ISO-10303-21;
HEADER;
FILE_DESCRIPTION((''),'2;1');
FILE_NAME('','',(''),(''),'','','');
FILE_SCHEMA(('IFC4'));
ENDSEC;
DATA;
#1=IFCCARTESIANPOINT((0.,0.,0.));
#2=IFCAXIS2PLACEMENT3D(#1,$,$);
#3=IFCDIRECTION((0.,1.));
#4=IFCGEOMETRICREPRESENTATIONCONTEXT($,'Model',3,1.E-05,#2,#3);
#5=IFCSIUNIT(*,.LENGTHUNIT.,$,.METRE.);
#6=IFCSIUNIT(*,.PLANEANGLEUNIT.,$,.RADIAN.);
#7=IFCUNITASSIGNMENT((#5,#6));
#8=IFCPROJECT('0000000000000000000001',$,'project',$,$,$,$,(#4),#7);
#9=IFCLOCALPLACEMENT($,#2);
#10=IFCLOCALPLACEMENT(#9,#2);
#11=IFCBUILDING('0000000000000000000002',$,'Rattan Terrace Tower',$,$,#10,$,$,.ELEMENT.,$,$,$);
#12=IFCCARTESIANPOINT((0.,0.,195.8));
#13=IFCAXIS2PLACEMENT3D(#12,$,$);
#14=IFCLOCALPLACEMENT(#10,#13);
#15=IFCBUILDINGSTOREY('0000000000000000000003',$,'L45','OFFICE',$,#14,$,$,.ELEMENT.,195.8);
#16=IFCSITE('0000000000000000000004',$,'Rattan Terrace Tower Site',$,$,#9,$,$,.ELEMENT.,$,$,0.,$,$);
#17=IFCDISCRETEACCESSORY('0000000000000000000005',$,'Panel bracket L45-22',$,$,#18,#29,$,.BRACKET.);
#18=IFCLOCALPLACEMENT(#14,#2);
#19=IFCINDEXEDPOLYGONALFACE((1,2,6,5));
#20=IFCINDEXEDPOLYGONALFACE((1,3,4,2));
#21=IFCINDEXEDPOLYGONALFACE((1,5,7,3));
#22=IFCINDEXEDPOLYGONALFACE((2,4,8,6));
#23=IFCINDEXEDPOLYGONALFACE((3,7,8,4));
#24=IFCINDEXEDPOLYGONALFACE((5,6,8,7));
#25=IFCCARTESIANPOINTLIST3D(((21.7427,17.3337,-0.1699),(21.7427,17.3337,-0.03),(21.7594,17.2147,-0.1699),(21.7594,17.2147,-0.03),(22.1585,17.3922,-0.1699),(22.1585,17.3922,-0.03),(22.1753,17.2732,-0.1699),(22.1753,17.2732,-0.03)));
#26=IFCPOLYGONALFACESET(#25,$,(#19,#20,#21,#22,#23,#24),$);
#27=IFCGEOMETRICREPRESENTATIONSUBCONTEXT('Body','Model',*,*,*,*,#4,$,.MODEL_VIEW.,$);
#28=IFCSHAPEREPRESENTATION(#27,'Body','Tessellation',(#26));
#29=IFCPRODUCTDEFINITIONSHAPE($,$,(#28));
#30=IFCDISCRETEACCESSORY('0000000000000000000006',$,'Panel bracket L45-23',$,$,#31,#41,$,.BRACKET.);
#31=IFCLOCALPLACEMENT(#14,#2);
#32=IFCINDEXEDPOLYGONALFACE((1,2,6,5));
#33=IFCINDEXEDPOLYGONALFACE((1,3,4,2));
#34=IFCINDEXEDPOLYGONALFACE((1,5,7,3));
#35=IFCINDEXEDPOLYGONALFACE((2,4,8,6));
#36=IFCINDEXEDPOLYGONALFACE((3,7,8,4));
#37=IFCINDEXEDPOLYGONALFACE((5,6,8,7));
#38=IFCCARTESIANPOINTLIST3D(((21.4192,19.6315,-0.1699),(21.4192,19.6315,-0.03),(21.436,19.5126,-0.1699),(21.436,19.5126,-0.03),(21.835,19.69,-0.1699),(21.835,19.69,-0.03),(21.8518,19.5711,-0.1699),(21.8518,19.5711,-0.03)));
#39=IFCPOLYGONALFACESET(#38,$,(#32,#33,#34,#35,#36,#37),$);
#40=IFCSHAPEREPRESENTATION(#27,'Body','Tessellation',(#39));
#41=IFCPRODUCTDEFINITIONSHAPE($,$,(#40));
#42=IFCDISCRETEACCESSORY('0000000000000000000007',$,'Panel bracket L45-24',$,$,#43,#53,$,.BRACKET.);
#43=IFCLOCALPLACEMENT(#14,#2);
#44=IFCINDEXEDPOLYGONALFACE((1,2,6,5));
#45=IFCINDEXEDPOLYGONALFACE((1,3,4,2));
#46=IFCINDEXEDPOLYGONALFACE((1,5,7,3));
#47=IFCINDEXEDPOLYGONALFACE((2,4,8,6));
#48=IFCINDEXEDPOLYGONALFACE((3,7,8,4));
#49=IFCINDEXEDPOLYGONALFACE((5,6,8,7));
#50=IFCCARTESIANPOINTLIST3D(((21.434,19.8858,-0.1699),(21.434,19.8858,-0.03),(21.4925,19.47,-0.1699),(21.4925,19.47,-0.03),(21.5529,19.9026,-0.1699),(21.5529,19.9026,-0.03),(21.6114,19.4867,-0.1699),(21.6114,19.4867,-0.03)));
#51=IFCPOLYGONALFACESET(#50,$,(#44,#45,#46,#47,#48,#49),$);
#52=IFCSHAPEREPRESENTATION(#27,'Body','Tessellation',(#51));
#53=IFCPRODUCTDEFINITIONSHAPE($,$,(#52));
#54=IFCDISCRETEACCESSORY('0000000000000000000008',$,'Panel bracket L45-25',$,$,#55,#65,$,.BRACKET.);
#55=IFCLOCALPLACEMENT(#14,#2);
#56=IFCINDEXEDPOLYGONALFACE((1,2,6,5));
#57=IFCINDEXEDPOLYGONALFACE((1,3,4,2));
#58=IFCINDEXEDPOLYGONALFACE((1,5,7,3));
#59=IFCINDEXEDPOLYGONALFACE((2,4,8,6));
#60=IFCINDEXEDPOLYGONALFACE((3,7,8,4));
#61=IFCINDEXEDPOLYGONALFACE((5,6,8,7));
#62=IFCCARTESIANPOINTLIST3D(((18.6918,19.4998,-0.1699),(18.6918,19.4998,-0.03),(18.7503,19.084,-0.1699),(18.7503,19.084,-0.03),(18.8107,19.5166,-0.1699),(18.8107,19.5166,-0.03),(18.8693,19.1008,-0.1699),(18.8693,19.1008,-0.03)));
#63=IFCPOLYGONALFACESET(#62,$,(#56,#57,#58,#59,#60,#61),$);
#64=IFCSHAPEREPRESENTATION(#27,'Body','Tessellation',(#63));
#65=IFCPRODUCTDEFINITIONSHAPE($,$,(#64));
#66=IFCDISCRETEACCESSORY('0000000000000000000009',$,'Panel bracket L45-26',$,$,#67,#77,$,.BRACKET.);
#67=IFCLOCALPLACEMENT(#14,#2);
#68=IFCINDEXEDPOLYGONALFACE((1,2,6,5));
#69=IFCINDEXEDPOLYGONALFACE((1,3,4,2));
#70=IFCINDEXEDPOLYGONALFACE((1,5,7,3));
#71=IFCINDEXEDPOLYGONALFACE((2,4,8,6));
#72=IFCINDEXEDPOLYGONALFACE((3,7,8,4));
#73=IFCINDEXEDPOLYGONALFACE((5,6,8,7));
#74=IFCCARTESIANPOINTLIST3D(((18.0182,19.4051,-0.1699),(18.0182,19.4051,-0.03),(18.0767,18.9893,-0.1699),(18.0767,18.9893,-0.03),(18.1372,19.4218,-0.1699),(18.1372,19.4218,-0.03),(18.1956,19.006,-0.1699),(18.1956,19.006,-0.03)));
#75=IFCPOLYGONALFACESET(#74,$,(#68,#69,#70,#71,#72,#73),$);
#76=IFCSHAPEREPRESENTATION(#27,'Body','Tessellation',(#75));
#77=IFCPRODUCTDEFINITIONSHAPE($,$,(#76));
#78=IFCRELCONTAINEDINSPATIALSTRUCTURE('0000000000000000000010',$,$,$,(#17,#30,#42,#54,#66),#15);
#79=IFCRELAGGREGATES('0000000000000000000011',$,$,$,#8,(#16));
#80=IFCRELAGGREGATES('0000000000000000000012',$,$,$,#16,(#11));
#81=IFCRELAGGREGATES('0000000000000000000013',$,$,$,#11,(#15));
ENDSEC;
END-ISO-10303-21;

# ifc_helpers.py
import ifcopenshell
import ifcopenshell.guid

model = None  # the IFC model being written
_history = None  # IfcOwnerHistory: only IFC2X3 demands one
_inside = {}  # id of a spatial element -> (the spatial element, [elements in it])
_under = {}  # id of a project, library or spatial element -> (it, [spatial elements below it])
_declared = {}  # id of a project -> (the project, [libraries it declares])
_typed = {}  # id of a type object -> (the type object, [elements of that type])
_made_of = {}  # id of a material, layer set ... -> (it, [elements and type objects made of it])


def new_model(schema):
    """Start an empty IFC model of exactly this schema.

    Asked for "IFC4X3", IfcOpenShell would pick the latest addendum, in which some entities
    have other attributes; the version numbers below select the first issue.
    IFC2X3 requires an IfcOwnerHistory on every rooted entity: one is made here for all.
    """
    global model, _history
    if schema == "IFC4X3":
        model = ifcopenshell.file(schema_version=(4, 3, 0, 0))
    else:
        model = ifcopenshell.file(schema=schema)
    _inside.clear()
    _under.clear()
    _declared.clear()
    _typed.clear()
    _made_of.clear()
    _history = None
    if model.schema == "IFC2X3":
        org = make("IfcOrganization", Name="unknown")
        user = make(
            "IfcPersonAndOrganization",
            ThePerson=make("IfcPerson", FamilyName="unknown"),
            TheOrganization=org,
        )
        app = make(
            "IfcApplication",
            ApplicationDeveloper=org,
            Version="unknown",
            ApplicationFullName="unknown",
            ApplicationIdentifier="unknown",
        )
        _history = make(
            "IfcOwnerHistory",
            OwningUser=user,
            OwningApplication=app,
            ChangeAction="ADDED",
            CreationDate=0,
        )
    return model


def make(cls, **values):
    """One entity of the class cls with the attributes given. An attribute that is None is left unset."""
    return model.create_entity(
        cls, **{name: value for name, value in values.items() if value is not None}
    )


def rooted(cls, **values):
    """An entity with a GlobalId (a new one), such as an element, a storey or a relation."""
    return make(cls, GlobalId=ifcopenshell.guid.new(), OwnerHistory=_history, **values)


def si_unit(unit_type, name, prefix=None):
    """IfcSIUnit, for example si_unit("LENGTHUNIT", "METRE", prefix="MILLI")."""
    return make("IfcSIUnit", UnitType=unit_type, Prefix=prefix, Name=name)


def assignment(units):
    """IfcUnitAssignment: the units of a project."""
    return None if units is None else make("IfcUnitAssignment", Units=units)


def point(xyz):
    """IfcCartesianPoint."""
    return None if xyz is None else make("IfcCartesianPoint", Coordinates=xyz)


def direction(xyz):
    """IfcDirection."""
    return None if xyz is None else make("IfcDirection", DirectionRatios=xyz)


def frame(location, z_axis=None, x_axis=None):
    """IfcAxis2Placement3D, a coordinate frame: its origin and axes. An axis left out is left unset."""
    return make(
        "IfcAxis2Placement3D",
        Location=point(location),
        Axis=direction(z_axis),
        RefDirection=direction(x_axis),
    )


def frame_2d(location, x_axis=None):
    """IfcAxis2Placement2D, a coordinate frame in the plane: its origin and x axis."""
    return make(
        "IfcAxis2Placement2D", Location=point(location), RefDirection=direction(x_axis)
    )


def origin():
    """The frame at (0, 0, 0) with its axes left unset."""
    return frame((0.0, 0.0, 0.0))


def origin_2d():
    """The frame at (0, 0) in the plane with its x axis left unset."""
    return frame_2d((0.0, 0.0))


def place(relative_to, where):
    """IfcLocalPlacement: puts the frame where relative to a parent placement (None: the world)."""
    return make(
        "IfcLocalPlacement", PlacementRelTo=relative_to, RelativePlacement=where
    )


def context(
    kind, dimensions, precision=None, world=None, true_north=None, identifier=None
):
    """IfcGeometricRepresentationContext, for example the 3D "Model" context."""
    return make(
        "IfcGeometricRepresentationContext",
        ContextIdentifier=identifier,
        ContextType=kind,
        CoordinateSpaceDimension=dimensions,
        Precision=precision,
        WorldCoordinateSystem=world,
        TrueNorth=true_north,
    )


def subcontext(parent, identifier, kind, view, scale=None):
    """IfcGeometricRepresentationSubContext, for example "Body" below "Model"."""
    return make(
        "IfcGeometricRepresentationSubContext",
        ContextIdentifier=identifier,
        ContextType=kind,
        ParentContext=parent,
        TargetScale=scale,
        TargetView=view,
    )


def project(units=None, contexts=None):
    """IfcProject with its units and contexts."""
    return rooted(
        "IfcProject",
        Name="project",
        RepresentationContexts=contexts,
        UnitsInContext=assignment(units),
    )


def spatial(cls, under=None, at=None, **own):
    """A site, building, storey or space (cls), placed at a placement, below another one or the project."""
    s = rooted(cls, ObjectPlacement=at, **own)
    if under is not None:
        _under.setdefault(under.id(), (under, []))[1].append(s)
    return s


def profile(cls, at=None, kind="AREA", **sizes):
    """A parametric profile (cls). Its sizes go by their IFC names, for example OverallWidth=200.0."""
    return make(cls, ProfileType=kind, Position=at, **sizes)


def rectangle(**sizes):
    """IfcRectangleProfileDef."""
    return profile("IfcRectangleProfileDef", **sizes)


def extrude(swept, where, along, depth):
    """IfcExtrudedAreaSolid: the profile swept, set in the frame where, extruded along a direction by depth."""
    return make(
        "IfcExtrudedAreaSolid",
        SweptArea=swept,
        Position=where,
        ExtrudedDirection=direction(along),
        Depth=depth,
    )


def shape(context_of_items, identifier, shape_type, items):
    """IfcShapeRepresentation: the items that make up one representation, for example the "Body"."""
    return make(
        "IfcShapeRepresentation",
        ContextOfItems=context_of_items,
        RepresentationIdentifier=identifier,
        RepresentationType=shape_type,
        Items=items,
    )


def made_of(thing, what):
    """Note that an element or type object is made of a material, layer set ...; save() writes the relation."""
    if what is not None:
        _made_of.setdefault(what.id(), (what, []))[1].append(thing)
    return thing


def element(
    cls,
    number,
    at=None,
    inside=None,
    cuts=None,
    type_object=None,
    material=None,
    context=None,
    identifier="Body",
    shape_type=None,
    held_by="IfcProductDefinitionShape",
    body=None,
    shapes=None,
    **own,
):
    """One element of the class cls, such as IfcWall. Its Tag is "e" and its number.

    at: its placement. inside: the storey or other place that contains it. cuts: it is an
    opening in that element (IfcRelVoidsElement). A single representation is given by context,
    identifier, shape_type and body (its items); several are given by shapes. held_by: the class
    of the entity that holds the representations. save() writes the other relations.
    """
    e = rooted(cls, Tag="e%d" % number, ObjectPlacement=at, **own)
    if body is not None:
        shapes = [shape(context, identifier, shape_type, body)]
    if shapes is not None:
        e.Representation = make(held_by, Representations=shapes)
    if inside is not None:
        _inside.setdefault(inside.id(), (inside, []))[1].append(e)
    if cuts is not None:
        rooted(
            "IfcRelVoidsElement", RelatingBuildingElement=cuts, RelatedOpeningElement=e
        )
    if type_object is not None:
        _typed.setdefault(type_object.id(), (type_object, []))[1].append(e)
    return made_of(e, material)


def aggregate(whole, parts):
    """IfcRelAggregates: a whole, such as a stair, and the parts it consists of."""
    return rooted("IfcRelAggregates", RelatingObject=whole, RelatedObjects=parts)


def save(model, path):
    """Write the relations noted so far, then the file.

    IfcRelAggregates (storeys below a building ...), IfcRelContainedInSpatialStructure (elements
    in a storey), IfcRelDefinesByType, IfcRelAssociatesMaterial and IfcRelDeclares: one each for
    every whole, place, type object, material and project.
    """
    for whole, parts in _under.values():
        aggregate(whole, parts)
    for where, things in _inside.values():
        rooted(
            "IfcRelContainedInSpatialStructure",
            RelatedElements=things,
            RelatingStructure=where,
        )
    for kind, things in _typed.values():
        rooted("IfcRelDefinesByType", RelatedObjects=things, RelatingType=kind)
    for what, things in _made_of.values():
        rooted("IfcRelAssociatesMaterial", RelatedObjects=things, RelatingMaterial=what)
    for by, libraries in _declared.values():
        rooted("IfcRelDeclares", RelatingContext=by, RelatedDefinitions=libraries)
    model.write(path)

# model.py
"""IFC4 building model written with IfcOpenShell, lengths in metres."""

from ifc_helpers import new_model, si_unit, direction, frame, origin, origin_2d, place, context, subcontext, project, spatial, rectangle, extrude, element, save


model = new_model("IFC4")

# Units and contexts
model_context = context("Model", 3, precision=1e-05, world=origin(), true_north=direction((0.0, 1.0)))
body_context = subcontext(model_context, "Body", "Model", "MODEL_VIEW")
ifc_project = project(units=[si_unit("LENGTHUNIT", "METRE"), si_unit("PLANEANGLEUNIT", "RADIAN")], contexts=[model_context])

# Site, building, storey
site_placement = place(None, origin())
site = spatial("IfcSite", under=ifc_project, at=site_placement, Name="Rattan Terrace Tower Site", CompositionType="ELEMENT", RefElevation=0.0)
building_placement = place(site_placement, origin())
building = spatial("IfcBuilding", under=site, at=building_placement, Name="Rattan Terrace Tower", CompositionType="ELEMENT")
storey_placement = place(building_placement, frame((0.0, 0.0, 195.8)))
storey = spatial("IfcBuildingStorey", under=building, at=storey_placement, Name="L45", Description="OFFICE", CompositionType="ELEMENT", Elevation=195.8)

# Discrete accessories
for number, where, z_axis, x_axis, name in (
    (1, (21.959, 17.3035, -0.1699), (0.0, 0.0, 1.0), (-0.139321, 0.990247, 0.0), "Panel bracket L45-22"),
    (2, (21.6355, 19.6013, -0.1699), (0.0, 0.0, 1.0), (-0.139321, 0.990247, 0.0), "Panel bracket L45-23"),
    (3, (21.5227, 19.6863, -0.1699), (0.0, 0.0, 1.0), (-0.990241, -0.139367, 0.0), "Panel bracket L45-24"),
    (4, (18.7805, 19.3003, -0.1699), (0.0, 0.0, 1.0), (-0.990241, -0.139367, 0.0), "Panel bracket L45-25"),
    (5, (18.1069, 19.2056, -0.1699), (0.0, 0.0, 1.0), (-0.99027, -0.139161, 0.0), "Panel bracket L45-26"),
):
    element("IfcDiscreteAccessory", number, at=place(storey_placement, frame(where, z_axis=z_axis, x_axis=x_axis)), inside=storey, Name=name, PredefinedType="BRACKET", context=body_context, shape_type="SweptSolid", body=[
        extrude(rectangle(XDim=0.1201, YDim=0.4199, at=origin_2d()), origin(), (0.0, 0.0, 1.0), 0.1399),
    ])

save(model, "model.ifc")
